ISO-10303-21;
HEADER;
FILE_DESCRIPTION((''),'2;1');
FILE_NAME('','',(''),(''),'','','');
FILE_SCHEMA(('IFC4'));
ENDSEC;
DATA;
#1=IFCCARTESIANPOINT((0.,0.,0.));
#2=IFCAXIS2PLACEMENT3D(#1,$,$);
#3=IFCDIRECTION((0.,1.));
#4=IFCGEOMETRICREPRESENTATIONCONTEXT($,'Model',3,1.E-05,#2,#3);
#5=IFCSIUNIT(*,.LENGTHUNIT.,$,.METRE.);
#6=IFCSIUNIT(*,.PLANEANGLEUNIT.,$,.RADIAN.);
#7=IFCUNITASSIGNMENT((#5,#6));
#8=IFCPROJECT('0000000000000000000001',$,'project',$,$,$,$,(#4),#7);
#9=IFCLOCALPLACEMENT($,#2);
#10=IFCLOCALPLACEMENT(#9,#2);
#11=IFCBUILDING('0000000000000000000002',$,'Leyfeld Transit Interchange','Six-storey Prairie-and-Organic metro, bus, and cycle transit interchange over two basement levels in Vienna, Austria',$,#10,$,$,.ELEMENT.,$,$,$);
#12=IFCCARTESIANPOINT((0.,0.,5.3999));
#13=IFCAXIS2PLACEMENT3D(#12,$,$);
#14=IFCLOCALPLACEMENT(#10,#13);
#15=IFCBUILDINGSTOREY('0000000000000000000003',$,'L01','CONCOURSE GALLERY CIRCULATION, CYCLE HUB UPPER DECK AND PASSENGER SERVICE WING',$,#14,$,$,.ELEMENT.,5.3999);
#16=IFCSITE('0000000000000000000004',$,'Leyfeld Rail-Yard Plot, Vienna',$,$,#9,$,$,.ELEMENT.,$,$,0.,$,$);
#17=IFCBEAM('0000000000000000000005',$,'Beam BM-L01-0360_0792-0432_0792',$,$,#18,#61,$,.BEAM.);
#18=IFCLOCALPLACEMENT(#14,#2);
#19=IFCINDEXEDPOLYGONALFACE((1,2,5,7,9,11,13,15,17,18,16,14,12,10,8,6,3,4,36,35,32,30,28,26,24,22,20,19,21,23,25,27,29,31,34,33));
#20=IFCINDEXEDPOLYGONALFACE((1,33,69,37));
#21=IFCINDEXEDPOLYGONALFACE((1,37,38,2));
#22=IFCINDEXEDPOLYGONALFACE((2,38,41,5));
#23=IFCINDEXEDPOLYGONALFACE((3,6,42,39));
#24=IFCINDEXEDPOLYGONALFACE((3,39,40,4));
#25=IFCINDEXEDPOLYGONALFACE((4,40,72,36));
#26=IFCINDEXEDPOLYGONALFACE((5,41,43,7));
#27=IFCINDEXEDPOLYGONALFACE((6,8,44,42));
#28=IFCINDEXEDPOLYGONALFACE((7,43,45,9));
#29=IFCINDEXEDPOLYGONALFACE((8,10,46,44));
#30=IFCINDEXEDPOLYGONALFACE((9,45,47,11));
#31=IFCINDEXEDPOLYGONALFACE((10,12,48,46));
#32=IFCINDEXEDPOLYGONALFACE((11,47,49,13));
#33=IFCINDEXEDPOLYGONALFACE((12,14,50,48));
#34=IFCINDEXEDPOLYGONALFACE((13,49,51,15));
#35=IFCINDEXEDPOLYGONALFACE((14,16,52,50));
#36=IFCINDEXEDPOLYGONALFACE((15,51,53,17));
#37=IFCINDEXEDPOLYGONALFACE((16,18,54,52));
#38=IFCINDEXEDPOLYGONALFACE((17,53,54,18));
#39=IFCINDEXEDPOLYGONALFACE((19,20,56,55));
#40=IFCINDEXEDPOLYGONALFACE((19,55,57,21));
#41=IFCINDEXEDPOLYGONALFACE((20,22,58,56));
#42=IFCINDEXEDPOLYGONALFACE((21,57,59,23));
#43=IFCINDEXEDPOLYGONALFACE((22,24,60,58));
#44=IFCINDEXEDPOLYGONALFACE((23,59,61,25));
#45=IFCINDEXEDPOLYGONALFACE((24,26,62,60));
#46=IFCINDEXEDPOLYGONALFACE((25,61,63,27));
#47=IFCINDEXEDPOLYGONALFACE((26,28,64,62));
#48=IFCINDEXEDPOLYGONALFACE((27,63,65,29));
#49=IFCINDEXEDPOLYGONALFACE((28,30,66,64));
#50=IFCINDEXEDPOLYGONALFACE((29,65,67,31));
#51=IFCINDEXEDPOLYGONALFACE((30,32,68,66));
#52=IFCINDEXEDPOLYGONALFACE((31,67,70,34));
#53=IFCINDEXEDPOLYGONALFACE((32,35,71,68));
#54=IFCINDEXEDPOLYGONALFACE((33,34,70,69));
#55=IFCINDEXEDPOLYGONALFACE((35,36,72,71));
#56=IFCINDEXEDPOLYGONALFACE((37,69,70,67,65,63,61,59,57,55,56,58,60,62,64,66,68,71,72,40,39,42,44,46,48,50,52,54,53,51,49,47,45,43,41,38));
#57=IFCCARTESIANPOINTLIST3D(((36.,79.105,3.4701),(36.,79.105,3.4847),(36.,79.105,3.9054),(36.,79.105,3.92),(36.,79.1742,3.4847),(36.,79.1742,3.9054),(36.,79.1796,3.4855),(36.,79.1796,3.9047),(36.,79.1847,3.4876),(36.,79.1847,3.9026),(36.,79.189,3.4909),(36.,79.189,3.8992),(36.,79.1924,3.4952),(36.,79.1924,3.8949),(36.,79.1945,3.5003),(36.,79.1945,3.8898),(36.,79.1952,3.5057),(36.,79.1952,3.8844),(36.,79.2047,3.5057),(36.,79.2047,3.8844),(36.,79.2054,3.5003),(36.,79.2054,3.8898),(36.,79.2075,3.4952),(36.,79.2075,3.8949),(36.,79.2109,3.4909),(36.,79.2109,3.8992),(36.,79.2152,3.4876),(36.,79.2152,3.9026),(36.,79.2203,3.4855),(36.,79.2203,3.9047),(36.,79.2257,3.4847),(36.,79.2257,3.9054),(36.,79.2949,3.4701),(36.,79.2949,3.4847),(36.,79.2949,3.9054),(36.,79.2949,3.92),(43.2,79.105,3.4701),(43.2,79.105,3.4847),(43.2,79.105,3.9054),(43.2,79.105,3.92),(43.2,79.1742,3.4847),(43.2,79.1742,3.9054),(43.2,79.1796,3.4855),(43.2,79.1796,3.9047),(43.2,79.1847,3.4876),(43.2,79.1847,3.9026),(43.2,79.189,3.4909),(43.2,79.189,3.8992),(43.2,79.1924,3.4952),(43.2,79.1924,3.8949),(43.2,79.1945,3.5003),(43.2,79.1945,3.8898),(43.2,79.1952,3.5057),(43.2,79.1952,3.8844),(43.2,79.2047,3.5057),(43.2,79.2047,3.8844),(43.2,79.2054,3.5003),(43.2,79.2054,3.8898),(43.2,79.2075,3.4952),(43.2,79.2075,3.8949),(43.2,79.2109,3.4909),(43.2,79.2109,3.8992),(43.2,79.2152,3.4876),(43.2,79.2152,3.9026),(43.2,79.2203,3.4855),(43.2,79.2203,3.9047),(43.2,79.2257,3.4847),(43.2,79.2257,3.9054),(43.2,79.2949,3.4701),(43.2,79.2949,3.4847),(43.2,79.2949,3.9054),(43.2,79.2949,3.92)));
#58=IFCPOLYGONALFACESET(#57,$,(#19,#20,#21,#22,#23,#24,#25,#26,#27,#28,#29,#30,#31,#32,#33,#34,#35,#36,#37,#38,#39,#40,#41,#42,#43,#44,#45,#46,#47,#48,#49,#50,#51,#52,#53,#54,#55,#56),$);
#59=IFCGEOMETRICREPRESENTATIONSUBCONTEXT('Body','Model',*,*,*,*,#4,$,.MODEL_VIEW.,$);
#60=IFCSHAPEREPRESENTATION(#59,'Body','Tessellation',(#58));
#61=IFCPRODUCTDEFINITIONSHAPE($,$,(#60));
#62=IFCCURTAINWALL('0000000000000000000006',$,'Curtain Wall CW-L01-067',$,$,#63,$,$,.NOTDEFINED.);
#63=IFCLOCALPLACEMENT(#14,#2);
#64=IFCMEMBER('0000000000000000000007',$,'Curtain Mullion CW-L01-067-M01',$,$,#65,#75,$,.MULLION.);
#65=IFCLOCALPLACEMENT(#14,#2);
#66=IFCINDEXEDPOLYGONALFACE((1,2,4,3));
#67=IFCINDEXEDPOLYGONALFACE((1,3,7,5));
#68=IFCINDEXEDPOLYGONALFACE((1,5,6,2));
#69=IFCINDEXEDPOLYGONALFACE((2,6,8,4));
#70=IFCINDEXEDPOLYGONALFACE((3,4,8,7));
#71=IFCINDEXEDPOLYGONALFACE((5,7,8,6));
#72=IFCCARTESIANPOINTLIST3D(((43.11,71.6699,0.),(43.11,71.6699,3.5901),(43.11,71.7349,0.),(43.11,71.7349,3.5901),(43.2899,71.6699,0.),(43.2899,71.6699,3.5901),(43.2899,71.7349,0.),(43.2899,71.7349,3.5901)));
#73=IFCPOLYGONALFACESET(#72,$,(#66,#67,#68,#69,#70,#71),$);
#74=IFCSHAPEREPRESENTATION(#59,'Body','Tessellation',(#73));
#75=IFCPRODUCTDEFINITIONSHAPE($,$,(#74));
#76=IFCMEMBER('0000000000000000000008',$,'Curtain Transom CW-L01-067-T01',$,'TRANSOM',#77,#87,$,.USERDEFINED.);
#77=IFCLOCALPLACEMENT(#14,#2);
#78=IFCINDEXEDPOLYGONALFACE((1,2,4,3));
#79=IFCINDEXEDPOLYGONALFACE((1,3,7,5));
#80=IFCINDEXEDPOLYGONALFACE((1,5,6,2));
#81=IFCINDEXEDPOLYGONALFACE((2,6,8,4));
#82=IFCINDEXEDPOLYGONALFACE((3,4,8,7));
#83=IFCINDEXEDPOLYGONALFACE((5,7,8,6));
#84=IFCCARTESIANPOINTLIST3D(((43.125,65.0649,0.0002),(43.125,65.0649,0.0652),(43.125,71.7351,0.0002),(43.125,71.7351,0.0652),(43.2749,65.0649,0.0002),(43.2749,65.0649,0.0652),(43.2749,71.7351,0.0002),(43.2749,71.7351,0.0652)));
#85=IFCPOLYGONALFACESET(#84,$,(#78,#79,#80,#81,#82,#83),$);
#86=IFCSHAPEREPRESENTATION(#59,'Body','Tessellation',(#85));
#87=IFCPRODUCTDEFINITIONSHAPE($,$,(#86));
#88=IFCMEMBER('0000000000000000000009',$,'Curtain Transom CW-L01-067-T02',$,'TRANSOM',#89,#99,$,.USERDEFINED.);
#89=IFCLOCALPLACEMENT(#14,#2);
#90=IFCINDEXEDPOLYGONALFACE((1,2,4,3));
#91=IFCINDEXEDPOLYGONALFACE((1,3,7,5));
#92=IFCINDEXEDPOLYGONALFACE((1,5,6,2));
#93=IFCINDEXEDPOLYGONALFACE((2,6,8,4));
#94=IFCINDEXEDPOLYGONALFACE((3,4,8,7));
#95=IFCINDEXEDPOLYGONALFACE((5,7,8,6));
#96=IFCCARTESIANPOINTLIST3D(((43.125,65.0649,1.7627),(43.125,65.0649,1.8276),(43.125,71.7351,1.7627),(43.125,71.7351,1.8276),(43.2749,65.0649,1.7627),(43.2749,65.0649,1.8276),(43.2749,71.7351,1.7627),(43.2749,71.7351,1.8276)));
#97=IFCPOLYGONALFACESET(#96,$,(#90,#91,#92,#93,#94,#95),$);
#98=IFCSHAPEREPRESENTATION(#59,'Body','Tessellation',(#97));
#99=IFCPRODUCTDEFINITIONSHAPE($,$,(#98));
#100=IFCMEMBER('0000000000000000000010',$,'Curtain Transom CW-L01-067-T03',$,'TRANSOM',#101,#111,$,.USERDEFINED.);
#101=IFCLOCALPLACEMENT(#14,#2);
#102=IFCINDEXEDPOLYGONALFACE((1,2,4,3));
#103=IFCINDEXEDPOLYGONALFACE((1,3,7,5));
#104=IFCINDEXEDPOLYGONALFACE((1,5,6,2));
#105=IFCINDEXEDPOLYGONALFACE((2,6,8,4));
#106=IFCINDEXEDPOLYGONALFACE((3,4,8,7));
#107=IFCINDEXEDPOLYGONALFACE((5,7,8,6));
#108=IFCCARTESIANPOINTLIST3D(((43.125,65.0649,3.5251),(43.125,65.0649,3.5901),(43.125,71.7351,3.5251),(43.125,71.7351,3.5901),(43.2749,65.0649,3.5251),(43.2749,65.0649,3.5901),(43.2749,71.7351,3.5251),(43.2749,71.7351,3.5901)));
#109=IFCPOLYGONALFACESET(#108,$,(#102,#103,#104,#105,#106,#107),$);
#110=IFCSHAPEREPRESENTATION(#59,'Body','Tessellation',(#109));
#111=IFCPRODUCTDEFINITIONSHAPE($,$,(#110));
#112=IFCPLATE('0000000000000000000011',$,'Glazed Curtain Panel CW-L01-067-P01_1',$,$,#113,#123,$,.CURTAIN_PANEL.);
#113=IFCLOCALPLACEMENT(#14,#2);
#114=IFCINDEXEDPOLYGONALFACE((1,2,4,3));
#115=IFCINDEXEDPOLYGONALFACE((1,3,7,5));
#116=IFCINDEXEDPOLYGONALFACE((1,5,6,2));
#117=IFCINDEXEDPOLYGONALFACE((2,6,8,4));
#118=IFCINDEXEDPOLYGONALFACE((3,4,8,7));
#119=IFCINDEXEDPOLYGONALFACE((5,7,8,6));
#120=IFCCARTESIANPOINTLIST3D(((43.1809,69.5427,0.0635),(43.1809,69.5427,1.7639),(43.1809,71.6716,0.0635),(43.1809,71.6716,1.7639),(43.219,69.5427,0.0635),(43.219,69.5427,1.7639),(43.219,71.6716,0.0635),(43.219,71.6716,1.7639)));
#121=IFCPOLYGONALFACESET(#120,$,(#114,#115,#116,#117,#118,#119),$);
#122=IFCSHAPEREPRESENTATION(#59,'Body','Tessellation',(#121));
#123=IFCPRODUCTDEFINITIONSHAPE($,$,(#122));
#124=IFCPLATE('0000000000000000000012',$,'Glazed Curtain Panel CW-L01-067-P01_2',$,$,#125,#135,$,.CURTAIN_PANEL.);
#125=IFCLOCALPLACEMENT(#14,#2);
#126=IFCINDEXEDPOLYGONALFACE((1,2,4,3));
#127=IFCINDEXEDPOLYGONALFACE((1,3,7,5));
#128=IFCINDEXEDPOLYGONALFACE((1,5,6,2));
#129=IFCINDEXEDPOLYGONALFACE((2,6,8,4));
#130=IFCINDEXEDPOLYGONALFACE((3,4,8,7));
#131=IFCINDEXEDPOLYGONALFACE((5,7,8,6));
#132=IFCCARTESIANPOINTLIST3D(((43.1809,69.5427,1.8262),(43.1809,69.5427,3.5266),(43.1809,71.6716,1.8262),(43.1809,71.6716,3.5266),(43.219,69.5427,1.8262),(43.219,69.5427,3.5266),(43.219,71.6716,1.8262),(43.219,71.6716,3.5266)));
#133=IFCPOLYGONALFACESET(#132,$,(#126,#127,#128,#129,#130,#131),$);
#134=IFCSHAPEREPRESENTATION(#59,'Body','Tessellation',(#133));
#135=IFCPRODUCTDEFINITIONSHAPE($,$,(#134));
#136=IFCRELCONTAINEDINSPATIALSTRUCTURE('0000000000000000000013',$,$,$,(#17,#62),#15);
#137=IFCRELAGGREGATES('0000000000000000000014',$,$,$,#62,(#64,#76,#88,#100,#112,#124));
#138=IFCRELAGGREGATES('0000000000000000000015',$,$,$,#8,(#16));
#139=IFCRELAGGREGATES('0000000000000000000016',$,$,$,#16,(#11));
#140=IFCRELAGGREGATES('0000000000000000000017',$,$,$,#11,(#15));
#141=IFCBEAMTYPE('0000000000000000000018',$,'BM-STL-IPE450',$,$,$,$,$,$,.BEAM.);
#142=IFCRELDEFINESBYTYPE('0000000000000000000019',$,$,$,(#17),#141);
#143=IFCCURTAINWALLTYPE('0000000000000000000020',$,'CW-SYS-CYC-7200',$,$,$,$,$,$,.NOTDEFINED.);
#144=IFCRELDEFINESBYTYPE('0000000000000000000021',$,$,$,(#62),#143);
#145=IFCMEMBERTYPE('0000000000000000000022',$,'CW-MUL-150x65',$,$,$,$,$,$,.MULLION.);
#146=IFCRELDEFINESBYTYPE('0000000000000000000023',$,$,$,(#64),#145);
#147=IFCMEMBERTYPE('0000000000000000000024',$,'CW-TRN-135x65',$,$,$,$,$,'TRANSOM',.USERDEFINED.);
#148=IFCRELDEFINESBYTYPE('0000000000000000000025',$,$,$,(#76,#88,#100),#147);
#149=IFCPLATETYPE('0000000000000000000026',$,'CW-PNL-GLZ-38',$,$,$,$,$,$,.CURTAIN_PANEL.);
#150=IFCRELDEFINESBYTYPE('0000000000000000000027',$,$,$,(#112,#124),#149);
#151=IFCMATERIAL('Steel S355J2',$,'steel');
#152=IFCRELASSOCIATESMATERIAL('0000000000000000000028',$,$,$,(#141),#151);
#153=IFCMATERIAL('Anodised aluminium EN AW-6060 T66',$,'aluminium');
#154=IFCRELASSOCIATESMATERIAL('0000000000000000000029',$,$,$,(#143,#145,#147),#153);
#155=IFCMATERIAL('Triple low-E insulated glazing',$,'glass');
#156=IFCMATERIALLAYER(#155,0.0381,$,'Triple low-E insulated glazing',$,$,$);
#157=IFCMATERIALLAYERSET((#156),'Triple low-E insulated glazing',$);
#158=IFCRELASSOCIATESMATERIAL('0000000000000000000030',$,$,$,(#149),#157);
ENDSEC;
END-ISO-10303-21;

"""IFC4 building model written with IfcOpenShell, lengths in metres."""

from ifc_helpers import new_model, si_unit, direction, frame, origin, origin_2d, place, context, subcontext, project, spatial, rectangle, i_section, extrude, material, layer, layer_set, material_profile, profile_set, type_object, element, aggregate, save


model = new_model("IFC4")

# Units and contexts
model_context = context("Model", 3, precision=1e-05, world=origin(), true_north=direction((0.0, 1.0)))
body_context = subcontext(model_context, "Body", "Model", "MODEL_VIEW")
ifc_project = project(units=[si_unit("LENGTHUNIT", "METRE"), si_unit("PLANEANGLEUNIT", "RADIAN")], contexts=[model_context])

# Site, building, storey
site_placement = place(None, origin())
site = spatial("IfcSite", under=ifc_project, at=site_placement, Name="Leyfeld Rail-Yard Plot, Vienna", CompositionType="ELEMENT", RefElevation=0.0)
building_placement = place(site_placement, origin())
building = spatial("IfcBuilding", under=site, at=building_placement, Name="Leyfeld Transit Interchange", Description="Six-storey Prairie-and-Organic metro, bus, and cycle transit interchange over two basement levels in Vienna, Austria", CompositionType="ELEMENT")
storey_placement = place(building_placement, frame((0.0, 0.0, 5.3999)))
storey = spatial("IfcBuildingStorey", under=building, at=storey_placement, Name="L01", Description="CONCOURSE GALLERY CIRCULATION, CYCLE HUB UPPER DECK AND PASSENGER SERVICE WING", CompositionType="ELEMENT", Elevation=5.3999)

# Beam
ifc_material_1 = material(Name="Steel S355J2", Category="steel")
ifc_material_profile_1 = material_profile(ifc_material_1, i_section(OverallWidth=0.1899, OverallDepth=0.45, WebThickness=0.0095, FlangeThickness=0.0146, FilletRadius=0.021, at=origin_2d()), Name="IPE 450")
ifc_profile_set_1 = profile_set([ifc_material_profile_1], Name="Steel S355J2")
beam_type_1 = type_object("IfcBeamType", Name="BM-STL-IPE450", PredefinedType="BEAM", material=ifc_profile_set_1)
for number, where, z_axis, x_axis, name in (
    (1, (36.0, 79.2, 3.6951), (1.0, 0.0, 0.0), (0.0, 1.0, 0.0), "Beam BM-L01-0360_0792-0432_0792"),
):
    element("IfcBeam", number, at=place(storey_placement, frame(where, z_axis=z_axis, x_axis=x_axis)), inside=storey, type_object=beam_type_1, Name=name, PredefinedType="BEAM", context=body_context, shape_type="SweptSolid", body=[
        extrude(i_section(OverallWidth=0.1899, OverallDepth=0.45, WebThickness=0.0095, FlangeThickness=0.0146, FilletRadius=0.021, at=origin_2d()), origin(), (0.0, 0.0, 1.0), 7.2),
    ])

# Curtain wall, members, plates
ifc_material_2 = material(Name="Anodised aluminium EN AW-6060 T66", Category="aluminium")
curtain_wall_type = type_object("IfcCurtainWallType", Name="CW-SYS-CYC-7200", PredefinedType="NOTDEFINED", material=ifc_material_2)
curtain_wall_placement = place(storey_placement, origin())
curtain_wall = element("IfcCurtainWall", 2, at=curtain_wall_placement, inside=storey, type_object=curtain_wall_type, Name="Curtain Wall CW-L01-067", PredefinedType="NOTDEFINED")
ifc_material_profile_2 = material_profile(ifc_material_2, rectangle(XDim=0.0649, YDim=0.1799, at=origin_2d()), Name="CW-M 65x180")
ifc_profile_set_2 = profile_set([ifc_material_profile_2], Name="Anodised aluminium EN AW-6060 T66")
member_type_1 = type_object("IfcMemberType", Name="CW-MUL-150x65", PredefinedType="MULLION", material=ifc_profile_set_2)
member_1_placement = place(storey_placement, frame((43.2, 71.7024, 0.0), z_axis=(0.0, 0.0, 1.0), x_axis=(0.0, -1.0, 0.0)))
member_1 = element("IfcMember", 3, at=member_1_placement, type_object=member_type_1, Name="Curtain Mullion CW-L01-067-M01", PredefinedType="MULLION", context=body_context, shape_type="SweptSolid", body=[
    extrude(rectangle(XDim=0.0649, YDim=0.1799, at=origin_2d()), origin(), (0.0, 0.0, 1.0), 3.5901),
])
ifc_material_profile_3 = material_profile(ifc_material_2, rectangle(XDim=0.1499, YDim=0.0649, at=origin_2d()), Name="CW-TRN-135x65")
ifc_profile_set_3 = profile_set([ifc_material_profile_3], Name="Anodised aluminium EN AW-6060 T66")
member_type_2 = type_object("IfcMemberType", Name="CW-TRN-135x65", ElementType="TRANSOM", PredefinedType="USERDEFINED", material=ifc_profile_set_3)
member_2_placement = place(storey_placement, frame((43.2, 71.7351, 0.0327), z_axis=(0.0, -1.0, 0.0), x_axis=(1.0, 0.0, 0.0)))
member_2 = element("IfcMember", 4, at=member_2_placement, type_object=member_type_2, Name="Curtain Transom CW-L01-067-T01", ObjectType="TRANSOM", PredefinedType="USERDEFINED", context=body_context, shape_type="SweptSolid", body=[
    extrude(rectangle(XDim=0.1499, YDim=0.0649, at=origin_2d()), origin(), (0.0, 0.0, 1.0), 6.6702),
])
member_3_placement = place(storey_placement, frame((43.2, 71.7351, 1.7952), z_axis=(0.0, -1.0, 0.0), x_axis=(1.0, 0.0, 0.0)))
member_3 = element("IfcMember", 5, at=member_3_placement, type_object=member_type_2, Name="Curtain Transom CW-L01-067-T02", ObjectType="TRANSOM", PredefinedType="USERDEFINED", context=body_context, shape_type="SweptSolid", body=[
    extrude(rectangle(XDim=0.1499, YDim=0.0649, at=origin_2d()), origin(), (0.0, 0.0, 1.0), 6.6702),
])
member_4_placement = place(storey_placement, frame((43.2, 71.7351, 3.5576), z_axis=(0.0, -1.0, 0.0), x_axis=(1.0, 0.0, 0.0)))
member_4 = element("IfcMember", 6, at=member_4_placement, type_object=member_type_2, Name="Curtain Transom CW-L01-067-T03", ObjectType="TRANSOM", PredefinedType="USERDEFINED", context=body_context, shape_type="SweptSolid", body=[
    extrude(rectangle(XDim=0.1499, YDim=0.0649, at=origin_2d()), origin(), (0.0, 0.0, 1.0), 6.6702),
])
ifc_material_3 = material(Name="Triple low-E insulated glazing", Category="glass")
ifc_layer = layer(ifc_material_3, 0.0381, Name="Triple low-E insulated glazing")
ifc_layer_set = layer_set([ifc_layer], Name="Triple low-E insulated glazing")
plate_type = type_object("IfcPlateType", Name="CW-PNL-GLZ-38", PredefinedType="CURTAIN_PANEL", material=ifc_layer_set)
plate_1_placement = place(storey_placement, frame((43.2, 70.6072, 0.0635), z_axis=(0.0, 0.0, 1.0), x_axis=(0.0, -1.0, 0.0)))
plate_1 = element("IfcPlate", 7, at=plate_1_placement, type_object=plate_type, Name="Glazed Curtain Panel CW-L01-067-P01_1", PredefinedType="CURTAIN_PANEL", context=body_context, shape_type="SweptSolid", body=[
    extrude(rectangle(XDim=2.1289, YDim=0.0381, at=origin_2d()), origin(), (0.0, 0.0, 1.0), 1.7004),
])
plate_2_placement = place(storey_placement, frame((43.2, 70.6072, 1.8262), z_axis=(0.0, 0.0, 1.0), x_axis=(0.0, -1.0, 0.0)))
plate_2 = element("IfcPlate", 8, at=plate_2_placement, type_object=plate_type, Name="Glazed Curtain Panel CW-L01-067-P01_2", PredefinedType="CURTAIN_PANEL", context=body_context, shape_type="SweptSolid", body=[
    extrude(rectangle(XDim=2.1289, YDim=0.0381, at=origin_2d()), origin(), (0.0, 0.0, 1.0), 1.7004),
])
aggregate(curtain_wall, [member_1, member_2, member_3, member_4, plate_1, plate_2])

save(model, "model.ifc")
